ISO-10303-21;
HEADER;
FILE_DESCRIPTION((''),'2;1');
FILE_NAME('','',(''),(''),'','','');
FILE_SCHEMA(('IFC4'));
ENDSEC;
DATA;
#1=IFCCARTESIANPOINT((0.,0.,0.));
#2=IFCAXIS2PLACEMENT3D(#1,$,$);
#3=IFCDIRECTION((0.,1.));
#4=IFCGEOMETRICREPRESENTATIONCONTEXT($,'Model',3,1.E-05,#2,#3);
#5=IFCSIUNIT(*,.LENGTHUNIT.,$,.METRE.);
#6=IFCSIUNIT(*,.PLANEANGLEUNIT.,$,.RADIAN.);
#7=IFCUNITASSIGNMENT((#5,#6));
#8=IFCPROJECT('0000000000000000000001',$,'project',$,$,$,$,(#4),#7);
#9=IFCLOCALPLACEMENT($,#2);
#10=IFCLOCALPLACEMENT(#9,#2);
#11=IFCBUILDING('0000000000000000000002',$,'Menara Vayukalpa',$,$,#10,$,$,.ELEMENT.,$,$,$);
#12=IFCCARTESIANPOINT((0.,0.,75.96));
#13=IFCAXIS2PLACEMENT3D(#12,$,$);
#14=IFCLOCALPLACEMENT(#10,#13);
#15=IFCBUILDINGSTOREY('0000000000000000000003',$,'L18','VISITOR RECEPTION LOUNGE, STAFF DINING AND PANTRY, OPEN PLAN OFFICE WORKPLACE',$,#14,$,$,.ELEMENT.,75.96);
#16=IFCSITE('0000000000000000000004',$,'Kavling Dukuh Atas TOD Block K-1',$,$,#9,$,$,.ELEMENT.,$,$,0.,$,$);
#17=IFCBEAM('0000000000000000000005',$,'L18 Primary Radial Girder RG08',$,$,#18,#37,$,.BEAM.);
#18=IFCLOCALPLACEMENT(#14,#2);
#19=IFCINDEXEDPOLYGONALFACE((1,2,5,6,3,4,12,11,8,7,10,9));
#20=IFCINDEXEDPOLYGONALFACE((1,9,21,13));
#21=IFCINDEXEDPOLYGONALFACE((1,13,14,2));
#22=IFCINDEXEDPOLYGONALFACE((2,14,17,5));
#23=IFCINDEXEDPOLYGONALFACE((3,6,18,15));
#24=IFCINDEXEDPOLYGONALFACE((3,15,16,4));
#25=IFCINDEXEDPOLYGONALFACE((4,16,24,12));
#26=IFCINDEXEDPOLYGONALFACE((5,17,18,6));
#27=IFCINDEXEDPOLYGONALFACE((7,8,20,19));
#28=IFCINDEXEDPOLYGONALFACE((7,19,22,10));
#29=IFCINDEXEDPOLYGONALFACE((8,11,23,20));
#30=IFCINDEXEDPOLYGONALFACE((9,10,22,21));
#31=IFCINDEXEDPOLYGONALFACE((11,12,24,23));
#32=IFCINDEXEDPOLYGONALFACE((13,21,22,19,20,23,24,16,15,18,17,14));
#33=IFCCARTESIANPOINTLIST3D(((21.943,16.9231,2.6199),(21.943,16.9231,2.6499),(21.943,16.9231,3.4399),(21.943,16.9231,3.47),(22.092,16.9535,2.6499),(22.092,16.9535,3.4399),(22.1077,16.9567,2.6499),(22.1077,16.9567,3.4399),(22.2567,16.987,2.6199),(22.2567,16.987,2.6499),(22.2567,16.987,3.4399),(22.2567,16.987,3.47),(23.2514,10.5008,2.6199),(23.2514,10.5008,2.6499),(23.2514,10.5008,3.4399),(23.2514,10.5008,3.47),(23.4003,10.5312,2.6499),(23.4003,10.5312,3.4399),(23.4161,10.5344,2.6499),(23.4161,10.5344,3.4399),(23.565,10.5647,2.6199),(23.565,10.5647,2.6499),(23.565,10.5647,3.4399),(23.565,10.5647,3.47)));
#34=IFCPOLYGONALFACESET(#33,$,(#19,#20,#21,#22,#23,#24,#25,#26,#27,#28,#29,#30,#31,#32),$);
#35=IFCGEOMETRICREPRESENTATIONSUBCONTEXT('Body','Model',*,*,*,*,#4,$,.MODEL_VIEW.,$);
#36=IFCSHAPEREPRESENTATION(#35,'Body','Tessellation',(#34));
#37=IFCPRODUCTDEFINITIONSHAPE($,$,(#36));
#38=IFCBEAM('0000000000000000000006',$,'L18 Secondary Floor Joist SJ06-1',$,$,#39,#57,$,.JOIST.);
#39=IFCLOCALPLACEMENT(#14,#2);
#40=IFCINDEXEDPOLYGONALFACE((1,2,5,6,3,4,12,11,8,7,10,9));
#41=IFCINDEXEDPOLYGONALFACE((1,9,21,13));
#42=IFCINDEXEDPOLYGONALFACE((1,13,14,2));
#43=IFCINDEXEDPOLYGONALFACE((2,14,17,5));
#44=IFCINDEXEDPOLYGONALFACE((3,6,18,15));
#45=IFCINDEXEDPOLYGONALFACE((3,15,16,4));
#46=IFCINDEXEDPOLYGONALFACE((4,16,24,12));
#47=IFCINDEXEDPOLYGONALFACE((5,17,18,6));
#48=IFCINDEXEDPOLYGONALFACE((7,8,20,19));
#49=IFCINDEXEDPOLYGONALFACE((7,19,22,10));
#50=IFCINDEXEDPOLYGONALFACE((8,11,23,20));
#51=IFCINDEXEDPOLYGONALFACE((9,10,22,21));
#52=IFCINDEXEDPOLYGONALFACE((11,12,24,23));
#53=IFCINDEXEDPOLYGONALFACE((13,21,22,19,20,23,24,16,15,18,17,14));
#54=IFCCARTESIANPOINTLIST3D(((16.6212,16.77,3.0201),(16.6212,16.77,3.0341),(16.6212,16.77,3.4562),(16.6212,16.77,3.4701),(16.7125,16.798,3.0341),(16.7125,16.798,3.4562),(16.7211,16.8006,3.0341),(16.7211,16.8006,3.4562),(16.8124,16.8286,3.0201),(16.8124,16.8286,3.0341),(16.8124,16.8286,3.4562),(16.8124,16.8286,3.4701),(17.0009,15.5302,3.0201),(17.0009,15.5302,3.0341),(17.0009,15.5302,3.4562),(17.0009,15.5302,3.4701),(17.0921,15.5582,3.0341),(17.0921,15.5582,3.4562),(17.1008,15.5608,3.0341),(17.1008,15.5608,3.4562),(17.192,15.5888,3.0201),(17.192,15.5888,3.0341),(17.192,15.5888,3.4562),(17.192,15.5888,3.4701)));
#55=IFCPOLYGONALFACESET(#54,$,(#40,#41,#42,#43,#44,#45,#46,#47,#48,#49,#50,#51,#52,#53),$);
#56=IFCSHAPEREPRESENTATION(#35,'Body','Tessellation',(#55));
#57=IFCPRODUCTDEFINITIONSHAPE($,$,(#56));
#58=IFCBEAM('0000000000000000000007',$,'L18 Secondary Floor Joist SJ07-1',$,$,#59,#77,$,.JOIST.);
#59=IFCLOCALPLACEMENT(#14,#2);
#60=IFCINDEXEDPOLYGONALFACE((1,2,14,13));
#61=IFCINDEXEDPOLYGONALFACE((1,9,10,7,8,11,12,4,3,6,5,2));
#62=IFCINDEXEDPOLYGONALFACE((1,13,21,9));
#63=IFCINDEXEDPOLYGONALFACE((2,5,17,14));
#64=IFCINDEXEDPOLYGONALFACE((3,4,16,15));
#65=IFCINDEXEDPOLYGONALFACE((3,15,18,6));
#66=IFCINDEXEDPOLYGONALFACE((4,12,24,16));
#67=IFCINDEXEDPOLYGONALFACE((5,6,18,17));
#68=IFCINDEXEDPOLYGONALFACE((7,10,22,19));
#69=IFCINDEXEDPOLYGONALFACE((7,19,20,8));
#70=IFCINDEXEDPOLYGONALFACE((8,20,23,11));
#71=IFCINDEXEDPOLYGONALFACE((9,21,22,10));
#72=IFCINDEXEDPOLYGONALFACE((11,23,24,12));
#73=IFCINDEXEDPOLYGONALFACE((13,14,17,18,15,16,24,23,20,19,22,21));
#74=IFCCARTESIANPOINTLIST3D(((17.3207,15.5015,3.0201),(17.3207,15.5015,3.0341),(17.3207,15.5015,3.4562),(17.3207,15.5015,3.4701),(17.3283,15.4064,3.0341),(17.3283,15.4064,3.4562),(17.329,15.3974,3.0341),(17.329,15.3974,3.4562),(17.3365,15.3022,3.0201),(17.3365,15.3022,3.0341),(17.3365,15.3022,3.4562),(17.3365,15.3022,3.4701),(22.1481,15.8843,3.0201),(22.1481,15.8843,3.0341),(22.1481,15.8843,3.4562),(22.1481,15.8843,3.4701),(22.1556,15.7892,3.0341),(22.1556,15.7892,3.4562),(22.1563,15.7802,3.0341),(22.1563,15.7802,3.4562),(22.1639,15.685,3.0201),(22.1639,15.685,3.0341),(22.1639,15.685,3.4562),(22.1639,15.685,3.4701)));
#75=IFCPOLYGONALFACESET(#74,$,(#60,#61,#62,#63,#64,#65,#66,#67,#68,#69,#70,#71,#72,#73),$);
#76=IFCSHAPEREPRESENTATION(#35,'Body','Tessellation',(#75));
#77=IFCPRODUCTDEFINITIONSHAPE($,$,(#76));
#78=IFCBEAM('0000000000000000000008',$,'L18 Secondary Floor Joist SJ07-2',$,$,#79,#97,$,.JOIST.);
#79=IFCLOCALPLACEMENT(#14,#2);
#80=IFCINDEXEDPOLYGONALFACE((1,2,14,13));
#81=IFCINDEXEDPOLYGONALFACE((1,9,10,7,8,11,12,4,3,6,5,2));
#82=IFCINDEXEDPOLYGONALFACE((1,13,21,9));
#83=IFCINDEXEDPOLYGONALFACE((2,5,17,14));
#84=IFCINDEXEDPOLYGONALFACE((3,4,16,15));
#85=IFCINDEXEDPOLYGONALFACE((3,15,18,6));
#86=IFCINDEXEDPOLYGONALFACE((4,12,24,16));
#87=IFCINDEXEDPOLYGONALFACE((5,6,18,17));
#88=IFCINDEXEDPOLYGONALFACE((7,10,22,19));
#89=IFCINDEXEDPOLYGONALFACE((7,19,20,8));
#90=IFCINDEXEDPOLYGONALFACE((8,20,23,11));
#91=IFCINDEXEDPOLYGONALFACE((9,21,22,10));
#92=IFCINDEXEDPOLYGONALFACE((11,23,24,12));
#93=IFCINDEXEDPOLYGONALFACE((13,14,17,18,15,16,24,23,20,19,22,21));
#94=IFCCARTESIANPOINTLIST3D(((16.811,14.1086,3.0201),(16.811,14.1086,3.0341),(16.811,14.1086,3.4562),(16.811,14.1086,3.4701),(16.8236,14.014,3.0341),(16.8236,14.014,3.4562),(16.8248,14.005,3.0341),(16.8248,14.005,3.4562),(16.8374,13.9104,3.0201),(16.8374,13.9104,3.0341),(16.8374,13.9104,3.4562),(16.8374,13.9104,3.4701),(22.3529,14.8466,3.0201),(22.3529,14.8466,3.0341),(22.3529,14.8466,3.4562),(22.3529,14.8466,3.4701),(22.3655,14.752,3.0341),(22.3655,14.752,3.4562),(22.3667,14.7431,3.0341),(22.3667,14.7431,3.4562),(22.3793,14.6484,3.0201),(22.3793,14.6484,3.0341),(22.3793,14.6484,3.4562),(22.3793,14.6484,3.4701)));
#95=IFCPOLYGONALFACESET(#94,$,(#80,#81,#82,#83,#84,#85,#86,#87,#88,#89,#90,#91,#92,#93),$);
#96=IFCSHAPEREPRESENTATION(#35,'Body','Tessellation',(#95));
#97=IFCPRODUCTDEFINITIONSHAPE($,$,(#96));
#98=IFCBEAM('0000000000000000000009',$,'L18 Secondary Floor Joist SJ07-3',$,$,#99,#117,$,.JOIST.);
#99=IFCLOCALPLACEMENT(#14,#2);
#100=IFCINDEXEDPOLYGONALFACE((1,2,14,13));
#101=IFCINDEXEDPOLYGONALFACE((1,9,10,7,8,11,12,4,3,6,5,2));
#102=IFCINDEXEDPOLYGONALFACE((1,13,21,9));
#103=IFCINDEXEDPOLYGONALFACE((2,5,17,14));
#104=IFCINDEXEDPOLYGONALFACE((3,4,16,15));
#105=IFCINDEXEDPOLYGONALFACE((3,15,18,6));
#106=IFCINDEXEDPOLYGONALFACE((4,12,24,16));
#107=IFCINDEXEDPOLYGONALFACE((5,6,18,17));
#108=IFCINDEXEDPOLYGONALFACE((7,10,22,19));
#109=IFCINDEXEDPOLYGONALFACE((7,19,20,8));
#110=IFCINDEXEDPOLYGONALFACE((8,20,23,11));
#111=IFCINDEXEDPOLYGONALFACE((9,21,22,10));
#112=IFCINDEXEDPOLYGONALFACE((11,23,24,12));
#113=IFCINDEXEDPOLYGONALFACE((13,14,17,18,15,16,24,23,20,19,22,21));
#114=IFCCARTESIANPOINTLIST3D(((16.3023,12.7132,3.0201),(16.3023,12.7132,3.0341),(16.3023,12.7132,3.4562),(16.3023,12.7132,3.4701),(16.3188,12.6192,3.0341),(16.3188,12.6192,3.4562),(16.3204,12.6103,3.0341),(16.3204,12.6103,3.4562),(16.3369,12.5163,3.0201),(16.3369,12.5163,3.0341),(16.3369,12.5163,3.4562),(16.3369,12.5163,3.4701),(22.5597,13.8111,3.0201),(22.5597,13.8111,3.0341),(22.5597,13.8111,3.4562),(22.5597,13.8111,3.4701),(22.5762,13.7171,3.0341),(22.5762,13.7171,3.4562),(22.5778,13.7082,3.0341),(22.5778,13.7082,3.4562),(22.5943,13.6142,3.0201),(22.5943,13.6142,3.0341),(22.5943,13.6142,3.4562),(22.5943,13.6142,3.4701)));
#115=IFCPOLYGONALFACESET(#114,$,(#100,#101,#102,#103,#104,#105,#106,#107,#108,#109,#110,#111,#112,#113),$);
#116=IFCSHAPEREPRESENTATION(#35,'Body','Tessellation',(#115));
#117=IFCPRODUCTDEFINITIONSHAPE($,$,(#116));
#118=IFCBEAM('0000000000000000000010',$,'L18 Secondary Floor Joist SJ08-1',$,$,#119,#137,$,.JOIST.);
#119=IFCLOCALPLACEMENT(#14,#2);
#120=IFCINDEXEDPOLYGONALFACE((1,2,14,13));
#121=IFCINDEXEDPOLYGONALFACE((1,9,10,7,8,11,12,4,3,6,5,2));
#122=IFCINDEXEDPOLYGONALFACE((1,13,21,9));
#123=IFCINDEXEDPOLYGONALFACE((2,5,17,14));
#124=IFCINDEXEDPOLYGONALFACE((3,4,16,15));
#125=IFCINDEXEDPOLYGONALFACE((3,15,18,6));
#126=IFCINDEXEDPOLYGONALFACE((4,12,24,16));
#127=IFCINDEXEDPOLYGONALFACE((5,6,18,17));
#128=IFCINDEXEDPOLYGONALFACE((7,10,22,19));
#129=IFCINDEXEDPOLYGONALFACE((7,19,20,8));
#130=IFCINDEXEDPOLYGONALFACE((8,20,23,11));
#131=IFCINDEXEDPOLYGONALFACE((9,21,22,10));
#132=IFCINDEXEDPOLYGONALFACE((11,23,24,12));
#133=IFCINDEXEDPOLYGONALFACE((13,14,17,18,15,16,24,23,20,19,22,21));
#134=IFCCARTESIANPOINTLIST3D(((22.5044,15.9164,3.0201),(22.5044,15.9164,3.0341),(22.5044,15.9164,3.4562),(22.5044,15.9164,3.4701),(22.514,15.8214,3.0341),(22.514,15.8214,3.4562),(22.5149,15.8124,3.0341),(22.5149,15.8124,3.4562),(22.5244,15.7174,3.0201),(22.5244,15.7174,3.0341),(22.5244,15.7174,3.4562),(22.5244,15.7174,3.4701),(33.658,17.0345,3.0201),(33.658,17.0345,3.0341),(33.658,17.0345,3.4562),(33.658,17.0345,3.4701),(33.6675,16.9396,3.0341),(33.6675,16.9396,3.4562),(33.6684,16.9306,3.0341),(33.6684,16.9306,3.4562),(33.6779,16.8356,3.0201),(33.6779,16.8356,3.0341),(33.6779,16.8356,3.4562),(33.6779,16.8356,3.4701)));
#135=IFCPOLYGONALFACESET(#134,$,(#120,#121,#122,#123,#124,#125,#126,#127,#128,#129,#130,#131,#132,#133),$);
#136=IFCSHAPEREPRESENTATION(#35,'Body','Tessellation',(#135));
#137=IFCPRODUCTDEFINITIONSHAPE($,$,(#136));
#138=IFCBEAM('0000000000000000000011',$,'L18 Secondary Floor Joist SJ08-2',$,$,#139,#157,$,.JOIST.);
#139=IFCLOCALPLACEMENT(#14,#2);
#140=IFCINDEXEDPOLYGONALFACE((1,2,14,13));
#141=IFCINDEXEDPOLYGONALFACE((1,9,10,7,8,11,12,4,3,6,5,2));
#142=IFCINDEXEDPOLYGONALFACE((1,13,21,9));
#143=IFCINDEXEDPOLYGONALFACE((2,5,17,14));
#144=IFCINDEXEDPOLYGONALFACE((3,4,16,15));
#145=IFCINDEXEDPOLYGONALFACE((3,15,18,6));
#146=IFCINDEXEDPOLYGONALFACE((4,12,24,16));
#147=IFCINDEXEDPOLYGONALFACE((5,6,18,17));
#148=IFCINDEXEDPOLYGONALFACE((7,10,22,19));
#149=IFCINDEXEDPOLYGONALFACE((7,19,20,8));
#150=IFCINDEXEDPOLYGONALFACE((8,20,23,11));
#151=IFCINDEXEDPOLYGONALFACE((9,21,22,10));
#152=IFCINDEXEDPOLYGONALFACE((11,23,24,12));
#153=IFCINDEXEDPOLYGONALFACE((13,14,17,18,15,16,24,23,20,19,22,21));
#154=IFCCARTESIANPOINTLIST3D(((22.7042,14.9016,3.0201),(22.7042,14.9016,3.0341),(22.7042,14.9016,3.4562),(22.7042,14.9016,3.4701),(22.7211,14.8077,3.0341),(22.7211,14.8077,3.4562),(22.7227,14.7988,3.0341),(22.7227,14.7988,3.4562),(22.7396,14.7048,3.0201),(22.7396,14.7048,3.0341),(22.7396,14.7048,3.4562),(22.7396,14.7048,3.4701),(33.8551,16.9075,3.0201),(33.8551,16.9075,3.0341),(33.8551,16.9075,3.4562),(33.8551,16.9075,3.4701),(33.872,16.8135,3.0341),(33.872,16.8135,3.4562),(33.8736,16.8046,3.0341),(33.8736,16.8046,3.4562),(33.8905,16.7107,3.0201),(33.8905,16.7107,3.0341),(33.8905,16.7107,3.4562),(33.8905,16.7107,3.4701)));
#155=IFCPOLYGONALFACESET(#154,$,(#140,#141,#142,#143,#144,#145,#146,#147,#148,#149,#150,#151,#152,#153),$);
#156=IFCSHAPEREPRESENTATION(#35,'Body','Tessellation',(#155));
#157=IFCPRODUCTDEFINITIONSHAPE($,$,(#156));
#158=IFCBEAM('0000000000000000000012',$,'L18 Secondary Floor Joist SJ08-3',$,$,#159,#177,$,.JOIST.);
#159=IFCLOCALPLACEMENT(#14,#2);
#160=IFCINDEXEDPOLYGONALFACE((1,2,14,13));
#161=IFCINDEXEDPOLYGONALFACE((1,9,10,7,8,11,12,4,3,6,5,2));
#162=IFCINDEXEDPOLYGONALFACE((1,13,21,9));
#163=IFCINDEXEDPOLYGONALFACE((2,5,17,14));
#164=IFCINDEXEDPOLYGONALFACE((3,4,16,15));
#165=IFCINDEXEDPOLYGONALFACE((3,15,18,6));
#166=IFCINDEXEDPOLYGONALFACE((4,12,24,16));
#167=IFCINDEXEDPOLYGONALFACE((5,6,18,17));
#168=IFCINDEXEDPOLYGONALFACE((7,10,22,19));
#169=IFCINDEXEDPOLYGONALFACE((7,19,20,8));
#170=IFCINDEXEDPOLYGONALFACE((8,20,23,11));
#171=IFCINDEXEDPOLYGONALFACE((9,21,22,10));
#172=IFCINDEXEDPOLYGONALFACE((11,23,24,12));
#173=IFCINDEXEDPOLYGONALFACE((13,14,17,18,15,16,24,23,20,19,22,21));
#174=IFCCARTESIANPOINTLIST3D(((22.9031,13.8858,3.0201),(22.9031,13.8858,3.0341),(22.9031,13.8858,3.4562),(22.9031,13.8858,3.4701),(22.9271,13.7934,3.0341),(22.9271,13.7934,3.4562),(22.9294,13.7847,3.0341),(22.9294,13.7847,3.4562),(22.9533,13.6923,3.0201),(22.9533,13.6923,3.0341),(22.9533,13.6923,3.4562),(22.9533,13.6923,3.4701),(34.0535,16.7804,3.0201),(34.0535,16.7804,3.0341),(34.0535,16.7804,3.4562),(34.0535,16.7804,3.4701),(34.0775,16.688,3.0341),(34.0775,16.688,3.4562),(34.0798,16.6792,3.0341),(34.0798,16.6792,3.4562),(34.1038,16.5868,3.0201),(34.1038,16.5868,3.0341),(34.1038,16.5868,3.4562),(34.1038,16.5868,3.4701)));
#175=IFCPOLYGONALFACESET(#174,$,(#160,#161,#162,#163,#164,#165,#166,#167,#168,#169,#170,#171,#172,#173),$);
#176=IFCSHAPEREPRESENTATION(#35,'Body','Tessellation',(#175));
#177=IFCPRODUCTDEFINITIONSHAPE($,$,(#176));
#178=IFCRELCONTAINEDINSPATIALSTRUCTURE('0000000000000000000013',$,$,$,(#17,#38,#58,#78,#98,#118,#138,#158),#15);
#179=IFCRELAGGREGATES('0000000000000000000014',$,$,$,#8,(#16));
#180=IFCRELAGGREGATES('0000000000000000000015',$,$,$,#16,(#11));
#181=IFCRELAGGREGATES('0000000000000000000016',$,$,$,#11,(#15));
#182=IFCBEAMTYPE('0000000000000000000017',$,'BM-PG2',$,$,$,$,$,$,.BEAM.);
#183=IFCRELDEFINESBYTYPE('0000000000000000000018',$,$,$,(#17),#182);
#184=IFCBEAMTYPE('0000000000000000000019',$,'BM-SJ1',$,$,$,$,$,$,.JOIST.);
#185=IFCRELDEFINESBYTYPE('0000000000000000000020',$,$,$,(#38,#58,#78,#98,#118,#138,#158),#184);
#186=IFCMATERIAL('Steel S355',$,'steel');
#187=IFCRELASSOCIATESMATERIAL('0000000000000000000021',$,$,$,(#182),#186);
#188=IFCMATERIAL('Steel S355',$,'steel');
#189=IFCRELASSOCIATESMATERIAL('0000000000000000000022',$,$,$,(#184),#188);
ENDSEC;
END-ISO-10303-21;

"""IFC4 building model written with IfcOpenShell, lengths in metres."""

from ifc_helpers import new_model, si_unit, direction, frame, origin, origin_2d, place, context, subcontext, project, spatial, i_section, extrude, material, material_profile, profile_set, type_object, element, save


model = new_model("IFC4")

# Units and contexts
model_context = context("Model", 3, precision=1e-05, world=origin(), true_north=direction((0.0, 1.0)))
body_context = subcontext(model_context, "Body", "Model", "MODEL_VIEW")
ifc_project = project(units=[si_unit("LENGTHUNIT", "METRE"), si_unit("PLANEANGLEUNIT", "RADIAN")], contexts=[model_context])

# Site, building, storey
site_placement = place(None, origin())
site = spatial("IfcSite", under=ifc_project, at=site_placement, Name="Kavling Dukuh Atas TOD Block K-1", CompositionType="ELEMENT", RefElevation=0.0)
building_placement = place(site_placement, origin())
building = spatial("IfcBuilding", under=site, at=building_placement, Name="Menara Vayukalpa", CompositionType="ELEMENT")
storey_placement = place(building_placement, frame((0.0, 0.0, 75.96)))
storey = spatial("IfcBuildingStorey", under=building, at=storey_placement, Name="L18", Description="VISITOR RECEPTION LOUNGE, STAFF DINING AND PANTRY, OPEN PLAN OFFICE WORKPLACE", CompositionType="ELEMENT", Elevation=75.96)

# Beams
ifc_material_1 = material(Name="Steel S355", Category="steel")
ifc_material_profile_1 = material_profile(ifc_material_1, i_section(OverallWidth=0.3201, OverallDepth=0.8501, WebThickness=0.0161, FlangeThickness=0.03, at=origin_2d()), Name="WF 850x320x16x30")
ifc_profile_set_1 = profile_set([ifc_material_profile_1], Name="Steel S355")
beam_type_1 = type_object("IfcBeamType", Name="BM-PG2", PredefinedType="BEAM", material=ifc_profile_set_1)
beam_1_placement = place(storey_placement, frame((22.0999, 16.9551, 3.0449), z_axis=(0.199618, -0.979874, 0.0), x_axis=(0.979874, 0.199618, 0.0)))
element("IfcBeam", 1, at=beam_1_placement, inside=storey, type_object=beam_type_1, Name="L18 Primary Radial Girder RG08", PredefinedType="BEAM", context=body_context, shape_type="SweptSolid", body=[
    extrude(i_section(OverallWidth=0.3201, OverallDepth=0.8501, WebThickness=0.0161, FlangeThickness=0.03, at=origin_2d()), origin(), (0.0, 0.0, 1.0), 6.5542),
])
ifc_material_2 = material(Name="Steel S355", Category="steel")
ifc_material_profile_2 = material_profile(ifc_material_2, i_section(OverallWidth=0.2, OverallDepth=0.45, WebThickness=0.009, FlangeThickness=0.0139, at=origin_2d()), Name="WF 450x200x9x14")
ifc_profile_set_2 = profile_set([ifc_material_profile_2], Name="Steel S355")
beam_type_2 = type_object("IfcBeamType", Name="BM-SJ1", PredefinedType="JOIST", material=ifc_profile_set_2)
beam_2_placement = place(storey_placement, frame((16.7168, 16.7993, 3.2451), z_axis=(0.292802, -0.956173, 0.0), x_axis=(0.956173, 0.292802, 0.0)))
element("IfcBeam", 2, at=beam_2_placement, inside=storey, type_object=beam_type_2, Name="L18 Secondary Floor Joist SJ06-1", PredefinedType="JOIST", context=body_context, shape_type="SweptSolid", body=[
    extrude(i_section(OverallWidth=0.2, OverallDepth=0.45, WebThickness=0.009, FlangeThickness=0.0139, at=origin_2d()), origin(), (0.0, 0.0, 1.0), 1.2966),
])
beam_3_placement = place(storey_placement, frame((17.3286, 15.4019, 3.2451), z_axis=(0.996871, 0.079052, 0.0), x_axis=(-0.079052, 0.996871, 0.0)))
element("IfcBeam", 3, at=beam_3_placement, inside=storey, type_object=beam_type_2, Name="L18 Secondary Floor Joist SJ07-1", PredefinedType="JOIST", context=body_context, shape_type="SweptSolid", body=[
    extrude(i_section(OverallWidth=0.2, OverallDepth=0.45, WebThickness=0.009, FlangeThickness=0.0139, at=origin_2d()), origin(), (0.0, 0.0, 1.0), 4.8425),
])
beam_4_placement = place(storey_placement, frame((16.8242, 14.0095, 3.2451), z_axis=(0.991249, 0.132006, 0.0), x_axis=(-0.132006, 0.991249, 0.0)))
element("IfcBeam", 4, at=beam_4_placement, inside=storey, type_object=beam_type_2, Name="L18 Secondary Floor Joist SJ07-2", PredefinedType="JOIST", context=body_context, shape_type="SweptSolid", body=[
    extrude(i_section(OverallWidth=0.2, OverallDepth=0.45, WebThickness=0.009, FlangeThickness=0.0139, at=origin_2d()), origin(), (0.0, 0.0, 1.0), 5.5908),
])
beam_5_placement = place(storey_placement, frame((16.3196, 12.6147, 3.2451), z_axis=(0.984954, 0.172818, 0.0), x_axis=(-0.172818, 0.984954, 0.0)))
element("IfcBeam", 5, at=beam_5_placement, inside=storey, type_object=beam_type_2, Name="L18 Secondary Floor Joist SJ07-3", PredefinedType="JOIST", context=body_context, shape_type="SweptSolid", body=[
    extrude(i_section(OverallWidth=0.2, OverallDepth=0.45, WebThickness=0.009, FlangeThickness=0.0139, at=origin_2d()), origin(), (0.0, 0.0, 1.0), 6.353),
])
beam_6_placement = place(storey_placement, frame((22.5144, 15.8169, 3.2451), z_axis=(0.995012, 0.099752, 0.0), x_axis=(-0.099752, 0.995012, 0.0)))
element("IfcBeam", 6, at=beam_6_placement, inside=storey, type_object=beam_type_2, Name="L18 Secondary Floor Joist SJ08-1", PredefinedType="JOIST", context=body_context, shape_type="SweptSolid", body=[
    extrude(i_section(OverallWidth=0.2, OverallDepth=0.45, WebThickness=0.009, FlangeThickness=0.0139, at=origin_2d()), origin(), (0.0, 0.0, 1.0), 11.2095),
])
beam_7_placement = place(storey_placement, frame((22.7219, 14.8032, 3.2451), z_axis=(0.984203, 0.177042, 0.0), x_axis=(-0.177042, 0.984203, 0.0)))
element("IfcBeam", 7, at=beam_7_placement, inside=storey, type_object=beam_type_2, Name="L18 Secondary Floor Joist SJ08-2", PredefinedType="JOIST", context=body_context, shape_type="SweptSolid", body=[
    extrude(i_section(OverallWidth=0.2, OverallDepth=0.45, WebThickness=0.009, FlangeThickness=0.0139, at=origin_2d()), origin(), (0.0, 0.0, 1.0), 11.3298),
])
beam_8_placement = place(storey_placement, frame((22.9282, 13.7891, 3.2451), z_axis=(0.967919, 0.251262, 0.0), x_axis=(-0.251262, 0.967919, 0.0)))
element("IfcBeam", 8, at=beam_8_placement, inside=storey, type_object=beam_type_2, Name="L18 Secondary Floor Joist SJ08-3", PredefinedType="JOIST", context=body_context, shape_type="SweptSolid", body=[
    extrude(i_section(OverallWidth=0.2, OverallDepth=0.45, WebThickness=0.009, FlangeThickness=0.0139, at=origin_2d()), origin(), (0.0, 0.0, 1.0), 11.52),
])

save(model, "model.ifc")
